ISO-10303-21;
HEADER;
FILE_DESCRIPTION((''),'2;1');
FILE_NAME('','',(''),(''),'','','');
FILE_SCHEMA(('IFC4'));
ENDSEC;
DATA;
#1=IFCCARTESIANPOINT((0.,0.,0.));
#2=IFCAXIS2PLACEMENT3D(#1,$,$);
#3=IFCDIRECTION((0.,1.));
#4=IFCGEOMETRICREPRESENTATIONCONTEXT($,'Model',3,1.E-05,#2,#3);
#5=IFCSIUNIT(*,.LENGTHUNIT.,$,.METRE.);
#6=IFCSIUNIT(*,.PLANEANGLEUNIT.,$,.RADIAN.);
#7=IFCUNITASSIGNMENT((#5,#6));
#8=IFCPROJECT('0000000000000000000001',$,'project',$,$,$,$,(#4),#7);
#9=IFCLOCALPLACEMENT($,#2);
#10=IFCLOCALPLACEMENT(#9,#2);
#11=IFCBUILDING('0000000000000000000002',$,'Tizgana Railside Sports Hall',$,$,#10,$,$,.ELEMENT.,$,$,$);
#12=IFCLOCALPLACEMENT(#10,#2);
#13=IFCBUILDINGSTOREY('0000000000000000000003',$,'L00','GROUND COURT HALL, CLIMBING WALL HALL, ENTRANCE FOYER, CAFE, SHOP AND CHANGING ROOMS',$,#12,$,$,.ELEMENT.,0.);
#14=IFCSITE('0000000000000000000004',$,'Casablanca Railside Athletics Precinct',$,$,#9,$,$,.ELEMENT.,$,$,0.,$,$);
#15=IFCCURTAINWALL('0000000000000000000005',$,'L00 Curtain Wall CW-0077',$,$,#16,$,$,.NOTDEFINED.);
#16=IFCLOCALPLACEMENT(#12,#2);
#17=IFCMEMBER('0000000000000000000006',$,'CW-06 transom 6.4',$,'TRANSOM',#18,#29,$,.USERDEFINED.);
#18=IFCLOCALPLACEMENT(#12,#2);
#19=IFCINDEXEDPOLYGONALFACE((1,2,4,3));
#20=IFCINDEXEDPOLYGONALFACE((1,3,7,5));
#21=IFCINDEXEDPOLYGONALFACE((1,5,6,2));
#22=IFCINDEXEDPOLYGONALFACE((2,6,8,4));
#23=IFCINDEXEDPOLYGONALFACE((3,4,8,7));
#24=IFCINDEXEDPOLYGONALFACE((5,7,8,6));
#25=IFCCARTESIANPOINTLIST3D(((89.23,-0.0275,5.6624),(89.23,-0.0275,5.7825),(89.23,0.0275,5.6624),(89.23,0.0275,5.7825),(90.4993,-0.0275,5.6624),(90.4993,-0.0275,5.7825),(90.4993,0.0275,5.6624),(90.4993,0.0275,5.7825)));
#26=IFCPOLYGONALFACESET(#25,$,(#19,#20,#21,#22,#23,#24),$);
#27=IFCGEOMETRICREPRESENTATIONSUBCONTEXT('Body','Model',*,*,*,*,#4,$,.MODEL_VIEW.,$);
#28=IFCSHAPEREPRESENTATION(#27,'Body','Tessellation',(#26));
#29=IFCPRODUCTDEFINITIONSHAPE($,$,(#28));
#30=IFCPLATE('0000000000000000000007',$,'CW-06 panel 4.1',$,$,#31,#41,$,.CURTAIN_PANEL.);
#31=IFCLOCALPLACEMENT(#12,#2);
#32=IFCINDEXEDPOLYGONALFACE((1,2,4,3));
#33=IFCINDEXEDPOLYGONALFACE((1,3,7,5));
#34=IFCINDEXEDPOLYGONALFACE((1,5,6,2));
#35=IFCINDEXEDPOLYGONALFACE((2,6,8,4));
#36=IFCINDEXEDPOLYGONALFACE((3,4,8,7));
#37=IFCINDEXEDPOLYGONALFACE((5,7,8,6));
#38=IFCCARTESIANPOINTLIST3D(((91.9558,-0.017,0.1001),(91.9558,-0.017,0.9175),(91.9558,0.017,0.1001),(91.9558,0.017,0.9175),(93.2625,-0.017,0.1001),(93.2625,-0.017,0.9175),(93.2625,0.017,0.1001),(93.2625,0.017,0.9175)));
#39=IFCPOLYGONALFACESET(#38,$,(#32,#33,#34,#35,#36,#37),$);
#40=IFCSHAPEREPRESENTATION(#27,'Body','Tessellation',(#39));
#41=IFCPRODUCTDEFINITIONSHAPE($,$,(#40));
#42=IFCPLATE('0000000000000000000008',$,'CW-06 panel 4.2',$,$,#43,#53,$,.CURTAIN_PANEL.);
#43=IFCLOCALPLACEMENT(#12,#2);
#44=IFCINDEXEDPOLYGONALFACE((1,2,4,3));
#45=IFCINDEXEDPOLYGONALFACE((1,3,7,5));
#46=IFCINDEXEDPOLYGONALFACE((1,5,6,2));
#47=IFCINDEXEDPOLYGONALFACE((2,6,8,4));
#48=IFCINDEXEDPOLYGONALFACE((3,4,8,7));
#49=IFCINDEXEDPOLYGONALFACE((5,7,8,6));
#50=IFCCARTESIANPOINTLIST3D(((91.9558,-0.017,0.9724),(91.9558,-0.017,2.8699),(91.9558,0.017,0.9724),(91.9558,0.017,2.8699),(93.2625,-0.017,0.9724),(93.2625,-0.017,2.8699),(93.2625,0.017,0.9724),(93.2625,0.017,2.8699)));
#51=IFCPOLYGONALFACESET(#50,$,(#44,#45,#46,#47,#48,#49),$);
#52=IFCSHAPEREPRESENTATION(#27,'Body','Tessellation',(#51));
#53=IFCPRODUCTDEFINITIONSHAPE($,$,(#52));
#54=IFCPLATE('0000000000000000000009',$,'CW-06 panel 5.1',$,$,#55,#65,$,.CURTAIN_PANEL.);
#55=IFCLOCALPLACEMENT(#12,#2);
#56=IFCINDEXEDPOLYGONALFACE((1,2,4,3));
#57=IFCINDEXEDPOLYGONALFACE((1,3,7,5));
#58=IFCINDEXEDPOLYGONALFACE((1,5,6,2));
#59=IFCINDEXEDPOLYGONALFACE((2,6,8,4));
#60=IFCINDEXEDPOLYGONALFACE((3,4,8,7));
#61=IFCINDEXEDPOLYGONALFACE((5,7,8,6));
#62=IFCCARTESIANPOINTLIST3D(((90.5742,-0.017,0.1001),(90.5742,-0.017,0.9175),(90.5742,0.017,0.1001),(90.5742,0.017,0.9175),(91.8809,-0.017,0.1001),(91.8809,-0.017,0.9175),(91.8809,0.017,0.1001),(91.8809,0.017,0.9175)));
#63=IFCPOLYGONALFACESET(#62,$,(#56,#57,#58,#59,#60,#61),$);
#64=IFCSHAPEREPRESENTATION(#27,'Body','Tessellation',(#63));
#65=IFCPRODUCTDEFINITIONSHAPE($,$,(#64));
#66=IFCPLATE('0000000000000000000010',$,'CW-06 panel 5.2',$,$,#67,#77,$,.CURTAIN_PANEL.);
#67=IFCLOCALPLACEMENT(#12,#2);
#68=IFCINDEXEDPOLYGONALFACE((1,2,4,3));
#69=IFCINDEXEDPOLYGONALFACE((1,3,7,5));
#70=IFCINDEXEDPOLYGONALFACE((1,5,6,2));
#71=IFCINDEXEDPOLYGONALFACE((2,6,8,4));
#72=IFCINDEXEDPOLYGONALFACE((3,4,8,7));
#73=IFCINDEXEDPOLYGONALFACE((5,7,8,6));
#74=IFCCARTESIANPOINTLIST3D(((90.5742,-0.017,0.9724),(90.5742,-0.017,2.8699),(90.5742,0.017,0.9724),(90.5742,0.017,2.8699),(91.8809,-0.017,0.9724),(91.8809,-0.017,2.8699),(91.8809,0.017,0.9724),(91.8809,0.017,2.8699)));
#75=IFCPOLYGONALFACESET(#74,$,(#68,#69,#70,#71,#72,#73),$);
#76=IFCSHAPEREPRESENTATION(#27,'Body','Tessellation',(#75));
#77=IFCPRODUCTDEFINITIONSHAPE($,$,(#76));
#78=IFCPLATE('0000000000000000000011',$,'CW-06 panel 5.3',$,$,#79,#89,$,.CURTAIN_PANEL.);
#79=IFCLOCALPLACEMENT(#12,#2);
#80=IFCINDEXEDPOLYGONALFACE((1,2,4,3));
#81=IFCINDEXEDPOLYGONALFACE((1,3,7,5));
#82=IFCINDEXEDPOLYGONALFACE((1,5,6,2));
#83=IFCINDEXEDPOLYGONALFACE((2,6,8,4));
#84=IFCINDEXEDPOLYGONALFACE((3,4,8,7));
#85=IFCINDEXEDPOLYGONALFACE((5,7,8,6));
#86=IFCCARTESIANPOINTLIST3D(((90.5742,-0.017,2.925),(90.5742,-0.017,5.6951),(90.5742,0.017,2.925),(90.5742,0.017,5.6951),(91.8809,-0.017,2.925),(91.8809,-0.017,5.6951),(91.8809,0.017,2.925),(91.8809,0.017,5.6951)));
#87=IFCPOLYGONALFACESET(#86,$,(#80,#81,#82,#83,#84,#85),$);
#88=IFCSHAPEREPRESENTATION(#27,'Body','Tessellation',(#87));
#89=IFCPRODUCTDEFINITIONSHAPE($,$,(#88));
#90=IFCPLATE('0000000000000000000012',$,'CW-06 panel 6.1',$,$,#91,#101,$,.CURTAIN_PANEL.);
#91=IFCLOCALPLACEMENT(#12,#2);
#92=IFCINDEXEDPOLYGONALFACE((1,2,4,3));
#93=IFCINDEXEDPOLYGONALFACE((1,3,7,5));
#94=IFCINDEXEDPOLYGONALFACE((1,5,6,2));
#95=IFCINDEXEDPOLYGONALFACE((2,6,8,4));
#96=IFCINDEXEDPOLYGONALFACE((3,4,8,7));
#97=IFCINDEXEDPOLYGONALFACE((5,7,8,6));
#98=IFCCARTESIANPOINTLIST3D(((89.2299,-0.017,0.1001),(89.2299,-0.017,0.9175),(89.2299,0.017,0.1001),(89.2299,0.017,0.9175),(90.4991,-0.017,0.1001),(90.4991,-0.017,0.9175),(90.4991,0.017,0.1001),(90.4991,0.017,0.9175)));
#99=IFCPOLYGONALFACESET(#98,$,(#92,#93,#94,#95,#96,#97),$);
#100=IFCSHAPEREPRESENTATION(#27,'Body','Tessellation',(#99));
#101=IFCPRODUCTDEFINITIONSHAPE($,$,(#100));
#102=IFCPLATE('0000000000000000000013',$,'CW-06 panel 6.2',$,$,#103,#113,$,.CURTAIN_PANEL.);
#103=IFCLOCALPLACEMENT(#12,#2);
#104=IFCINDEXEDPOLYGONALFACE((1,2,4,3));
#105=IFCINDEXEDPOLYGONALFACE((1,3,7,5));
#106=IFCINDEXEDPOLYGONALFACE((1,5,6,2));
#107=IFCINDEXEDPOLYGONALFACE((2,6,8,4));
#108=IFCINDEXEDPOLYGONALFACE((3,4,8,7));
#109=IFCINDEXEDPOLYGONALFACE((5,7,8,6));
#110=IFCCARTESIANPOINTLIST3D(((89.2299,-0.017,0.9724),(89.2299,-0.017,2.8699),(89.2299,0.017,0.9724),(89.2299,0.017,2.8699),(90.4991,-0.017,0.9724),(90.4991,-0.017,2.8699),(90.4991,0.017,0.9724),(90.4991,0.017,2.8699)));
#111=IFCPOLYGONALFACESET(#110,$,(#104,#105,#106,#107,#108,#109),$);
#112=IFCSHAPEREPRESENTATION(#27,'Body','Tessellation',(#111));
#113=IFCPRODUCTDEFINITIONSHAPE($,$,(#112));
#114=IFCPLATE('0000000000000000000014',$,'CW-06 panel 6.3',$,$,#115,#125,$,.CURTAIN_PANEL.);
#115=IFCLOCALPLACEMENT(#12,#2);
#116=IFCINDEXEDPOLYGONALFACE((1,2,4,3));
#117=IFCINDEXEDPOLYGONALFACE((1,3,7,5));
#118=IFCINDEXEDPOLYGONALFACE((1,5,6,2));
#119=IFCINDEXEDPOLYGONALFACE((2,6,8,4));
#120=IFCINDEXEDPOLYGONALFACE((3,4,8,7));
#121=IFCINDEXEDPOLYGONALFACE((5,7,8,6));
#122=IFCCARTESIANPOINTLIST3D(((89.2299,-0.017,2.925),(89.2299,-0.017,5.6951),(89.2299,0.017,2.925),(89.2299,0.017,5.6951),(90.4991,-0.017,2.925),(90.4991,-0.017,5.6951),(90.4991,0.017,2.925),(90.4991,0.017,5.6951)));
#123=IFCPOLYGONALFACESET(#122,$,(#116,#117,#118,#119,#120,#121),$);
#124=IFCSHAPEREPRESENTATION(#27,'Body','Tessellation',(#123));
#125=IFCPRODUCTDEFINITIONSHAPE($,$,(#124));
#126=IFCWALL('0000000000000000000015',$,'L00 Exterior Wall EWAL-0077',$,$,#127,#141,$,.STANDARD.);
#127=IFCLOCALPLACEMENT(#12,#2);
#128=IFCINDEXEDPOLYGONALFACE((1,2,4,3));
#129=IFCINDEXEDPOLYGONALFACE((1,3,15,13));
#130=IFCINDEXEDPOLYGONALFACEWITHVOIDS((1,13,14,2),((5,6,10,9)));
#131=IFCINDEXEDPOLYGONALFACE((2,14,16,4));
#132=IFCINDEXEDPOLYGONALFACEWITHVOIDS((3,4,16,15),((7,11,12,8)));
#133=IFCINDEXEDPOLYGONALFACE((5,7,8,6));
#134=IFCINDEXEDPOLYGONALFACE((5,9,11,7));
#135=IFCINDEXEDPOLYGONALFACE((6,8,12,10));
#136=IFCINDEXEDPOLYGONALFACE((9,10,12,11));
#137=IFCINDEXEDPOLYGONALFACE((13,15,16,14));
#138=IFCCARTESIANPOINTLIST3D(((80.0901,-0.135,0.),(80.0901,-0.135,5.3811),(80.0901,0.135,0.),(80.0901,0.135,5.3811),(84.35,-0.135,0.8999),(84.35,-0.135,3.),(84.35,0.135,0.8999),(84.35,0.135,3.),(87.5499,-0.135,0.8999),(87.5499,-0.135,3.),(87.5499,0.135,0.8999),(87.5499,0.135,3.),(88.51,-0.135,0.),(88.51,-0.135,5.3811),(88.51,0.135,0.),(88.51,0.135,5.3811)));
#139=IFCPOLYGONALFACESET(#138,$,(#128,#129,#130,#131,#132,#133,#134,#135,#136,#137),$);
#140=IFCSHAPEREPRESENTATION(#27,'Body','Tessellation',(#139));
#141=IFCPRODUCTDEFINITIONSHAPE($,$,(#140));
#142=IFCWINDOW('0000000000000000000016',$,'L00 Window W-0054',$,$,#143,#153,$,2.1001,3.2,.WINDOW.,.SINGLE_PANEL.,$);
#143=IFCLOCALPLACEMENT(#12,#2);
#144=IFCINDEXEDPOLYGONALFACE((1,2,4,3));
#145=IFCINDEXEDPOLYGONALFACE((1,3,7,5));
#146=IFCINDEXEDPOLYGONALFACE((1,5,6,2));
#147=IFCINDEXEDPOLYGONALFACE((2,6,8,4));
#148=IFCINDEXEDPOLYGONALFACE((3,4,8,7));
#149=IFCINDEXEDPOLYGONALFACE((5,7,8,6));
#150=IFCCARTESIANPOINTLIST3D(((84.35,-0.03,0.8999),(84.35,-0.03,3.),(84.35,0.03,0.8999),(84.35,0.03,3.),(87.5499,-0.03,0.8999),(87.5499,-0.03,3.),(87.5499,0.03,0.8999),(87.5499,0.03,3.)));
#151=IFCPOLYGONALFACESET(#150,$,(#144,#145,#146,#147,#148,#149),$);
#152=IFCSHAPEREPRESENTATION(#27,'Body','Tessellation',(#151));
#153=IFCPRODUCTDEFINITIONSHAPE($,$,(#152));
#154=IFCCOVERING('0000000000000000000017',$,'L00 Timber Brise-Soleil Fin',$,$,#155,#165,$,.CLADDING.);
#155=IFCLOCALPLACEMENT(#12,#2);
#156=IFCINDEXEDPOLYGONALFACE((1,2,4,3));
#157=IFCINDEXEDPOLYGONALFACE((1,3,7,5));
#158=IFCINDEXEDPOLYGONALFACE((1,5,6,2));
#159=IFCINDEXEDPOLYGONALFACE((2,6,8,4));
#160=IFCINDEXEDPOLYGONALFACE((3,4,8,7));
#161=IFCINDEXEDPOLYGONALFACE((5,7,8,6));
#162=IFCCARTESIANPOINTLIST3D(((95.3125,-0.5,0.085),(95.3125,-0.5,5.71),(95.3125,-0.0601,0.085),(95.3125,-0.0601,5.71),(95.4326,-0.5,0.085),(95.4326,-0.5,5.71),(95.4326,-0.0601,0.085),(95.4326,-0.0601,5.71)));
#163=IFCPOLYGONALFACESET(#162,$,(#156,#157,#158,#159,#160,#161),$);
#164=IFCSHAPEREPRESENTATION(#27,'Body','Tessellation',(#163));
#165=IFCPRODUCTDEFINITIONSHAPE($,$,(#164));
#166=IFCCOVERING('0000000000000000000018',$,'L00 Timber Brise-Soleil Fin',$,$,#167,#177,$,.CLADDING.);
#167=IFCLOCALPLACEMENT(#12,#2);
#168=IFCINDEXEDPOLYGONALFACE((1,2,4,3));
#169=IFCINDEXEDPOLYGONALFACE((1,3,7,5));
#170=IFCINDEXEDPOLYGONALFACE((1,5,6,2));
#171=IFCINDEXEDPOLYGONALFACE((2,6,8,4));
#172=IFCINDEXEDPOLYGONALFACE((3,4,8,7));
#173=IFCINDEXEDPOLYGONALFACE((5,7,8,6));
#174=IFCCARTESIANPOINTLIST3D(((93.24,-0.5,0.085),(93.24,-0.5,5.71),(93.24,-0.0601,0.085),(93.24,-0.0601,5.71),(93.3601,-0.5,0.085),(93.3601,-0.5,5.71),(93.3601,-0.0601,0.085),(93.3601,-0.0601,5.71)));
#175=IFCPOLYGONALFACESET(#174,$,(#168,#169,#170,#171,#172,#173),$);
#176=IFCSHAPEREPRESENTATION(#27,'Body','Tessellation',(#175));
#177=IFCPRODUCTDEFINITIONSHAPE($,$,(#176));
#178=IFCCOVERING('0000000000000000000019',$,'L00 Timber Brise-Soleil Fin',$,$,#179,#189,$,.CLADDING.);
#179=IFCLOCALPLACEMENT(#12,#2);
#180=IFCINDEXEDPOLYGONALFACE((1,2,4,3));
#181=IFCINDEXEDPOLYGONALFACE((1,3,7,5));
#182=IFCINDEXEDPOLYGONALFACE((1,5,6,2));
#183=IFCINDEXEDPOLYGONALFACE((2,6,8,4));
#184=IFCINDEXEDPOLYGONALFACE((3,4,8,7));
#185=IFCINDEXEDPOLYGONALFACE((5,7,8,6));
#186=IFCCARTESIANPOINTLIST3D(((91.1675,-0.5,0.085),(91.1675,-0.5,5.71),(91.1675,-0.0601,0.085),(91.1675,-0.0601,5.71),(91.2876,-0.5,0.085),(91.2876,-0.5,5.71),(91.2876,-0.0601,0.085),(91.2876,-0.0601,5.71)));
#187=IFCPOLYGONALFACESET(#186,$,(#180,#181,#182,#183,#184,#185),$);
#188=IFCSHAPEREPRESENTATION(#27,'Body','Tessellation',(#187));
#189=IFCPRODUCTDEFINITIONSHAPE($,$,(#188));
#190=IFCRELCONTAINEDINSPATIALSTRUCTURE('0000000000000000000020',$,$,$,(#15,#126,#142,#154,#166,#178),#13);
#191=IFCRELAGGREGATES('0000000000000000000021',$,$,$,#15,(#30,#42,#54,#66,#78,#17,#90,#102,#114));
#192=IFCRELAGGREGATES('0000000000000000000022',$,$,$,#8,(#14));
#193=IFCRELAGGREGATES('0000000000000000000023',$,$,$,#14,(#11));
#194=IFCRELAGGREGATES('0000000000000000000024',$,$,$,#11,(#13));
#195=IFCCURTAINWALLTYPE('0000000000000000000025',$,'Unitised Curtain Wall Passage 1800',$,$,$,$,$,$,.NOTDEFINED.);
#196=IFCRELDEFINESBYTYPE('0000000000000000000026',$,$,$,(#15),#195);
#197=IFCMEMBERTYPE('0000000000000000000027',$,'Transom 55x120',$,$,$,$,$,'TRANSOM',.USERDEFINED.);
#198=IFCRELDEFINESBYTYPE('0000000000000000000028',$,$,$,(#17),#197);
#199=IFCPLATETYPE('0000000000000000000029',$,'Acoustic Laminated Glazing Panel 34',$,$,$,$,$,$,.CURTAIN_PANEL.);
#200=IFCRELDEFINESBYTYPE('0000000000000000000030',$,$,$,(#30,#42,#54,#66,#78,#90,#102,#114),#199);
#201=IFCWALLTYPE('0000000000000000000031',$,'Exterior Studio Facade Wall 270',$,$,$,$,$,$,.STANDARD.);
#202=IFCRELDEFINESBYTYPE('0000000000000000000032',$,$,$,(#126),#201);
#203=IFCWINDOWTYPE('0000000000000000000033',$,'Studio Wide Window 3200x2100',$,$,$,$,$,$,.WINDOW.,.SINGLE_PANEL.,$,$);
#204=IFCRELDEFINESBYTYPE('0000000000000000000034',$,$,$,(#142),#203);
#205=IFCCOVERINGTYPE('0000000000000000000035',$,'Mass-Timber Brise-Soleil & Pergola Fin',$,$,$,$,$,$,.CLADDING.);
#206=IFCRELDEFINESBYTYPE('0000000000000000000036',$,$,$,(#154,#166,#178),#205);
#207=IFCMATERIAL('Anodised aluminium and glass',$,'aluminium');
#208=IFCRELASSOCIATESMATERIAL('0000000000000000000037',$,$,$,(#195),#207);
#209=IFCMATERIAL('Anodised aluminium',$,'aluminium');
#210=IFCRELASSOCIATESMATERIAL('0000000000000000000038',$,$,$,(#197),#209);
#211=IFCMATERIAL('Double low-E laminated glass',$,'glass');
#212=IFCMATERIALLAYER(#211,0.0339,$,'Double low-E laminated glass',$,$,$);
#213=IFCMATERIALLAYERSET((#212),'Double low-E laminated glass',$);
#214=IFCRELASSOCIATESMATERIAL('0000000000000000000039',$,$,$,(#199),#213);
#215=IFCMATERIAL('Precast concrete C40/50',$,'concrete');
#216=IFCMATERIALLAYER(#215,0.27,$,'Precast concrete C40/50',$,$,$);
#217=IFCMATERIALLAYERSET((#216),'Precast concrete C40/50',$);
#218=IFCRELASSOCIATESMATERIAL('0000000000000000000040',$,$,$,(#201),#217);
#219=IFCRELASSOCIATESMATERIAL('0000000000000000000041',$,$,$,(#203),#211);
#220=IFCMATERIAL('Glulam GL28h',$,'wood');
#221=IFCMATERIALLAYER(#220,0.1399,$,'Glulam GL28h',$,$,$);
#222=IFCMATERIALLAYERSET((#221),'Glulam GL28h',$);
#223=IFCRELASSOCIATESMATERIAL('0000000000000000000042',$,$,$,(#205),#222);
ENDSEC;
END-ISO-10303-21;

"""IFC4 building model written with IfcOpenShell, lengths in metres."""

from ifc_helpers import new_model, si_unit, direction, frame, frame_2d, origin, origin_2d, place, context, subcontext, project, spatial, rectangle, extrude, material, layer, layer_set, material_profile, profile_set, type_object, element, fill, aggregate, save


model = new_model("IFC4")

# Units and contexts
model_context = context("Model", 3, precision=1e-05, world=origin(), true_north=direction((0.0, 1.0)))
body_context = subcontext(model_context, "Body", "Model", "MODEL_VIEW")
ifc_project = project(units=[si_unit("LENGTHUNIT", "METRE"), si_unit("PLANEANGLEUNIT", "RADIAN")], contexts=[model_context])

# Site, building, storey
site_placement = place(None, origin())
site = spatial("IfcSite", under=ifc_project, at=site_placement, Name="Casablanca Railside Athletics Precinct", CompositionType="ELEMENT", RefElevation=0.0)
building_placement = place(site_placement, origin())
building = spatial("IfcBuilding", under=site, at=building_placement, Name="Tizgana Railside Sports Hall", CompositionType="ELEMENT")
storey_placement = place(building_placement, origin())
storey = spatial("IfcBuildingStorey", under=building, at=storey_placement, Name="L00", Description="GROUND COURT HALL, CLIMBING WALL HALL, ENTRANCE FOYER, CAFE, SHOP AND CHANGING ROOMS", CompositionType="ELEMENT", Elevation=0.0)

# Curtain wall
ifc_material_1 = material(Name="Anodised aluminium and glass", Category="aluminium")
curtain_wall_type = type_object("IfcCurtainWallType", Name="Unitised Curtain Wall Passage 1800", PredefinedType="NOTDEFINED", material=ifc_material_1)
curtain_wall_placement = place(storey_placement, origin())
curtain_wall = element("IfcCurtainWall", 1, at=curtain_wall_placement, inside=storey, type_object=curtain_wall_type, Name="L00 Curtain Wall CW-0077", PredefinedType="NOTDEFINED")
ifc_material_2 = material(Name="Anodised aluminium", Category="aluminium")

# Member
ifc_material_profile_1 = material_profile(ifc_material_2, rectangle(XDim=0.0549, YDim=0.1201, at=origin_2d()), Name="Transom 55x120")
ifc_profile_set_1 = profile_set([ifc_material_profile_1], Name="Anodised aluminium")
member_type_1 = type_object("IfcMemberType", Name="Transom 55x120", ElementType="TRANSOM", PredefinedType="USERDEFINED", material=ifc_profile_set_1)
member_1_placement = place(storey_placement, frame((90.4993, 0.0, 5.7224), z_axis=(-1.0, 0.0, 0.0), x_axis=(0.0, -1.0, 0.0)))
member_1 = element("IfcMember", 2, at=member_1_placement, type_object=member_type_1, Name="CW-06 transom 6.4", ObjectType="TRANSOM", PredefinedType="USERDEFINED", context=body_context, shape_type="SweptSolid", body=[
    extrude(rectangle(XDim=0.0549, YDim=0.1201, at=origin_2d()), origin(), (0.0, 0.0, 1.0), 1.2693),
])

# Plates
ifc_material_3 = material(Name="Double low-E laminated glass", Category="glass")
ifc_layer_1 = layer(ifc_material_3, 0.0339, Name="Double low-E laminated glass")
ifc_layer_set_1 = layer_set([ifc_layer_1], Name="Double low-E laminated glass")
plate_type = type_object("IfcPlateType", Name="Acoustic Laminated Glazing Panel 34", PredefinedType="CURTAIN_PANEL", material=ifc_layer_set_1)
plate_1_placement = place(storey_placement, frame((92.6091, 0.0, 0.1001), z_axis=(0.0, 0.0, 1.0), x_axis=(-1.0, 0.0, 0.0)))
plate_1 = element("IfcPlate", 3, at=plate_1_placement, type_object=plate_type, Name="CW-06 panel 4.1", PredefinedType="CURTAIN_PANEL", context=body_context, shape_type="SweptSolid", body=[
    extrude(rectangle(XDim=1.3066, YDim=0.0339, at=origin_2d()), origin(), (0.0, 0.0, 1.0), 0.8174),
])
plate_2_placement = place(storey_placement, frame((92.6091, 0.0, 0.9724), z_axis=(0.0, 0.0, 1.0), x_axis=(-1.0, 0.0, 0.0)))
plate_2 = element("IfcPlate", 4, at=plate_2_placement, type_object=plate_type, Name="CW-06 panel 4.2", PredefinedType="CURTAIN_PANEL", context=body_context, shape_type="SweptSolid", body=[
    extrude(rectangle(XDim=1.3066, YDim=0.0339, at=origin_2d()), origin(), (0.0, 0.0, 1.0), 1.8975),
])
plate_3_placement = place(storey_placement, frame((91.2275, 0.0, 0.1001), z_axis=(0.0, 0.0, 1.0), x_axis=(-1.0, 0.0, 0.0)))
plate_3 = element("IfcPlate", 5, at=plate_3_placement, type_object=plate_type, Name="CW-06 panel 5.1", PredefinedType="CURTAIN_PANEL", context=body_context, shape_type="SweptSolid", body=[
    extrude(rectangle(XDim=1.3066, YDim=0.0339, at=origin_2d()), origin(), (0.0, 0.0, 1.0), 0.8174),
])
plate_4_placement = place(storey_placement, frame((91.2275, 0.0, 0.9724), z_axis=(0.0, 0.0, 1.0), x_axis=(-1.0, 0.0, 0.0)))
plate_4 = element("IfcPlate", 6, at=plate_4_placement, type_object=plate_type, Name="CW-06 panel 5.2", PredefinedType="CURTAIN_PANEL", context=body_context, shape_type="SweptSolid", body=[
    extrude(rectangle(XDim=1.3066, YDim=0.0339, at=origin_2d()), origin(), (0.0, 0.0, 1.0), 1.8975),
])
plate_5_placement = place(storey_placement, frame((91.2275, 0.0, 2.925), z_axis=(0.0, 0.0, 1.0), x_axis=(-1.0, 0.0, 0.0)))
plate_5 = element("IfcPlate", 7, at=plate_5_placement, type_object=plate_type, Name="CW-06 panel 5.3", PredefinedType="CURTAIN_PANEL", context=body_context, shape_type="SweptSolid", body=[
    extrude(rectangle(XDim=1.3066, YDim=0.0339, at=origin_2d()), origin(), (0.0, 0.0, 1.0), 2.77),
])
plate_6_placement = place(storey_placement, frame((89.8645, 0.0, 0.1001), z_axis=(0.0, 0.0, 1.0), x_axis=(-1.0, 0.0, 0.0)))
plate_6 = element("IfcPlate", 8, at=plate_6_placement, type_object=plate_type, Name="CW-06 panel 6.1", PredefinedType="CURTAIN_PANEL", context=body_context, shape_type="SweptSolid", body=[
    extrude(rectangle(XDim=1.2693, YDim=0.0339, at=origin_2d()), origin(), (0.0, 0.0, 1.0), 0.8174),
])
plate_7_placement = place(storey_placement, frame((89.8645, 0.0, 0.9724), z_axis=(0.0, 0.0, 1.0), x_axis=(-1.0, 0.0, 0.0)))
plate_7 = element("IfcPlate", 9, at=plate_7_placement, type_object=plate_type, Name="CW-06 panel 6.2", PredefinedType="CURTAIN_PANEL", context=body_context, shape_type="SweptSolid", body=[
    extrude(rectangle(XDim=1.2693, YDim=0.0339, at=origin_2d()), origin(), (0.0, 0.0, 1.0), 1.8975),
])
plate_8_placement = place(storey_placement, frame((89.8645, 0.0, 2.925), z_axis=(0.0, 0.0, 1.0), x_axis=(-1.0, 0.0, 0.0)))
plate_8 = element("IfcPlate", 10, at=plate_8_placement, type_object=plate_type, Name="CW-06 panel 6.3", PredefinedType="CURTAIN_PANEL", context=body_context, shape_type="SweptSolid", body=[
    extrude(rectangle(XDim=1.2693, YDim=0.0339, at=origin_2d()), origin(), (0.0, 0.0, 1.0), 2.77),
])
aggregate(curtain_wall, [plate_1, plate_2, plate_3, plate_4, plate_5, member_1, plate_6, plate_7, plate_8])

# Wall, opening, window
ifc_material_4 = material(Name="Precast concrete C40/50", Category="concrete")
ifc_layer_2 = layer(ifc_material_4, 0.27, Name="Precast concrete C40/50")
ifc_layer_set_2 = layer_set([ifc_layer_2], Name="Precast concrete C40/50")
wall_type = type_object("IfcWallType", Name="Exterior Studio Facade Wall 270", PredefinedType="STANDARD", material=ifc_layer_set_2)
wall_placement = place(storey_placement, frame((88.51, 0.0, 0.0), z_axis=(0.0, 0.0, 1.0), x_axis=(-1.0, 0.0, 0.0)))
wall = element("IfcWall", 11, at=wall_placement, inside=storey, type_object=wall_type, Name="L00 Exterior Wall EWAL-0077", PredefinedType="STANDARD", context=body_context, shape_type="SweptSolid", body=[
    extrude(rectangle(XDim=8.4199, YDim=0.27, at=frame_2d((4.21, 0.0))), origin(), (0.0, 0.0, 1.0), 5.3811),
])
opening_placement = place(wall_placement, frame((0.96, 0.0, 0.8999)))
opening = element("IfcOpeningElement", 12, at=opening_placement, cuts=wall, PredefinedType="OPENING", context=body_context, shape_type="SweptSolid", body=[
    extrude(rectangle(XDim=3.2, YDim=2.1001, at=frame_2d((1.6001, 1.05))), frame((0.0, 0.145, 0.0), z_axis=(0.0, -1.0, 0.0), x_axis=(1.0, 0.0, 0.0)), (0.0, 0.0, 1.0), 0.29),
])
window_type = type_object("IfcWindowType", Name="Studio Wide Window 3200x2100", PartitioningType="SINGLE_PANEL", PredefinedType="WINDOW", material=ifc_material_3)
window_placement = place(opening_placement, origin())
window = element("IfcWindow", 13, at=window_placement, inside=storey, type_object=window_type, Name="L00 Window W-0054", OverallHeight=2.1001, OverallWidth=3.2, PartitioningType="SINGLE_PANEL", PredefinedType="WINDOW", context=body_context, shape_type="SweptSolid", body=[
    extrude(rectangle(XDim=3.2, YDim=2.1001, at=frame_2d((1.6001, 1.05))), frame((0.0, 0.03, 0.0), z_axis=(0.0, -1.0, 0.0), x_axis=(1.0, 0.0, 0.0)), (0.0, 0.0, 1.0), 0.0601),
])
fill(opening, window)

# Coverings
ifc_material_5 = material(Name="Glulam GL28h", Category="wood")
ifc_layer_3 = layer(ifc_material_5, 0.1399, Name="Glulam GL28h")
ifc_layer_set_3 = layer_set([ifc_layer_3], Name="Glulam GL28h")
covering_type = type_object("IfcCoveringType", Name="Mass-Timber Brise-Soleil & Pergola Fin", PredefinedType="CLADDING", material=ifc_layer_set_3)
for number, where, z_axis, x_axis, name in (
    (14, (95.3726, -0.28, 0.085), (0.0, 0.0, 1.0), (-1.0, 0.0, 0.0), "L00 Timber Brise-Soleil Fin"),
    (15, (93.3, -0.28, 0.085), (0.0, 0.0, 1.0), (-1.0, 0.0, 0.0), "L00 Timber Brise-Soleil Fin"),
    (16, (91.2275, -0.28, 0.085), (0.0, 0.0, 1.0), (-1.0, 0.0, 0.0), "L00 Timber Brise-Soleil Fin"),
):
    element("IfcCovering", number, at=place(storey_placement, frame(where, z_axis=z_axis, x_axis=x_axis)), inside=storey, type_object=covering_type, Name=name, PredefinedType="CLADDING", context=body_context, shape_type="SweptSolid", body=[
        extrude(rectangle(XDim=0.1201, YDim=0.4399, at=origin_2d()), origin(), (0.0, 0.0, 1.0), 5.625),
    ])

save(model, "model.ifc")
